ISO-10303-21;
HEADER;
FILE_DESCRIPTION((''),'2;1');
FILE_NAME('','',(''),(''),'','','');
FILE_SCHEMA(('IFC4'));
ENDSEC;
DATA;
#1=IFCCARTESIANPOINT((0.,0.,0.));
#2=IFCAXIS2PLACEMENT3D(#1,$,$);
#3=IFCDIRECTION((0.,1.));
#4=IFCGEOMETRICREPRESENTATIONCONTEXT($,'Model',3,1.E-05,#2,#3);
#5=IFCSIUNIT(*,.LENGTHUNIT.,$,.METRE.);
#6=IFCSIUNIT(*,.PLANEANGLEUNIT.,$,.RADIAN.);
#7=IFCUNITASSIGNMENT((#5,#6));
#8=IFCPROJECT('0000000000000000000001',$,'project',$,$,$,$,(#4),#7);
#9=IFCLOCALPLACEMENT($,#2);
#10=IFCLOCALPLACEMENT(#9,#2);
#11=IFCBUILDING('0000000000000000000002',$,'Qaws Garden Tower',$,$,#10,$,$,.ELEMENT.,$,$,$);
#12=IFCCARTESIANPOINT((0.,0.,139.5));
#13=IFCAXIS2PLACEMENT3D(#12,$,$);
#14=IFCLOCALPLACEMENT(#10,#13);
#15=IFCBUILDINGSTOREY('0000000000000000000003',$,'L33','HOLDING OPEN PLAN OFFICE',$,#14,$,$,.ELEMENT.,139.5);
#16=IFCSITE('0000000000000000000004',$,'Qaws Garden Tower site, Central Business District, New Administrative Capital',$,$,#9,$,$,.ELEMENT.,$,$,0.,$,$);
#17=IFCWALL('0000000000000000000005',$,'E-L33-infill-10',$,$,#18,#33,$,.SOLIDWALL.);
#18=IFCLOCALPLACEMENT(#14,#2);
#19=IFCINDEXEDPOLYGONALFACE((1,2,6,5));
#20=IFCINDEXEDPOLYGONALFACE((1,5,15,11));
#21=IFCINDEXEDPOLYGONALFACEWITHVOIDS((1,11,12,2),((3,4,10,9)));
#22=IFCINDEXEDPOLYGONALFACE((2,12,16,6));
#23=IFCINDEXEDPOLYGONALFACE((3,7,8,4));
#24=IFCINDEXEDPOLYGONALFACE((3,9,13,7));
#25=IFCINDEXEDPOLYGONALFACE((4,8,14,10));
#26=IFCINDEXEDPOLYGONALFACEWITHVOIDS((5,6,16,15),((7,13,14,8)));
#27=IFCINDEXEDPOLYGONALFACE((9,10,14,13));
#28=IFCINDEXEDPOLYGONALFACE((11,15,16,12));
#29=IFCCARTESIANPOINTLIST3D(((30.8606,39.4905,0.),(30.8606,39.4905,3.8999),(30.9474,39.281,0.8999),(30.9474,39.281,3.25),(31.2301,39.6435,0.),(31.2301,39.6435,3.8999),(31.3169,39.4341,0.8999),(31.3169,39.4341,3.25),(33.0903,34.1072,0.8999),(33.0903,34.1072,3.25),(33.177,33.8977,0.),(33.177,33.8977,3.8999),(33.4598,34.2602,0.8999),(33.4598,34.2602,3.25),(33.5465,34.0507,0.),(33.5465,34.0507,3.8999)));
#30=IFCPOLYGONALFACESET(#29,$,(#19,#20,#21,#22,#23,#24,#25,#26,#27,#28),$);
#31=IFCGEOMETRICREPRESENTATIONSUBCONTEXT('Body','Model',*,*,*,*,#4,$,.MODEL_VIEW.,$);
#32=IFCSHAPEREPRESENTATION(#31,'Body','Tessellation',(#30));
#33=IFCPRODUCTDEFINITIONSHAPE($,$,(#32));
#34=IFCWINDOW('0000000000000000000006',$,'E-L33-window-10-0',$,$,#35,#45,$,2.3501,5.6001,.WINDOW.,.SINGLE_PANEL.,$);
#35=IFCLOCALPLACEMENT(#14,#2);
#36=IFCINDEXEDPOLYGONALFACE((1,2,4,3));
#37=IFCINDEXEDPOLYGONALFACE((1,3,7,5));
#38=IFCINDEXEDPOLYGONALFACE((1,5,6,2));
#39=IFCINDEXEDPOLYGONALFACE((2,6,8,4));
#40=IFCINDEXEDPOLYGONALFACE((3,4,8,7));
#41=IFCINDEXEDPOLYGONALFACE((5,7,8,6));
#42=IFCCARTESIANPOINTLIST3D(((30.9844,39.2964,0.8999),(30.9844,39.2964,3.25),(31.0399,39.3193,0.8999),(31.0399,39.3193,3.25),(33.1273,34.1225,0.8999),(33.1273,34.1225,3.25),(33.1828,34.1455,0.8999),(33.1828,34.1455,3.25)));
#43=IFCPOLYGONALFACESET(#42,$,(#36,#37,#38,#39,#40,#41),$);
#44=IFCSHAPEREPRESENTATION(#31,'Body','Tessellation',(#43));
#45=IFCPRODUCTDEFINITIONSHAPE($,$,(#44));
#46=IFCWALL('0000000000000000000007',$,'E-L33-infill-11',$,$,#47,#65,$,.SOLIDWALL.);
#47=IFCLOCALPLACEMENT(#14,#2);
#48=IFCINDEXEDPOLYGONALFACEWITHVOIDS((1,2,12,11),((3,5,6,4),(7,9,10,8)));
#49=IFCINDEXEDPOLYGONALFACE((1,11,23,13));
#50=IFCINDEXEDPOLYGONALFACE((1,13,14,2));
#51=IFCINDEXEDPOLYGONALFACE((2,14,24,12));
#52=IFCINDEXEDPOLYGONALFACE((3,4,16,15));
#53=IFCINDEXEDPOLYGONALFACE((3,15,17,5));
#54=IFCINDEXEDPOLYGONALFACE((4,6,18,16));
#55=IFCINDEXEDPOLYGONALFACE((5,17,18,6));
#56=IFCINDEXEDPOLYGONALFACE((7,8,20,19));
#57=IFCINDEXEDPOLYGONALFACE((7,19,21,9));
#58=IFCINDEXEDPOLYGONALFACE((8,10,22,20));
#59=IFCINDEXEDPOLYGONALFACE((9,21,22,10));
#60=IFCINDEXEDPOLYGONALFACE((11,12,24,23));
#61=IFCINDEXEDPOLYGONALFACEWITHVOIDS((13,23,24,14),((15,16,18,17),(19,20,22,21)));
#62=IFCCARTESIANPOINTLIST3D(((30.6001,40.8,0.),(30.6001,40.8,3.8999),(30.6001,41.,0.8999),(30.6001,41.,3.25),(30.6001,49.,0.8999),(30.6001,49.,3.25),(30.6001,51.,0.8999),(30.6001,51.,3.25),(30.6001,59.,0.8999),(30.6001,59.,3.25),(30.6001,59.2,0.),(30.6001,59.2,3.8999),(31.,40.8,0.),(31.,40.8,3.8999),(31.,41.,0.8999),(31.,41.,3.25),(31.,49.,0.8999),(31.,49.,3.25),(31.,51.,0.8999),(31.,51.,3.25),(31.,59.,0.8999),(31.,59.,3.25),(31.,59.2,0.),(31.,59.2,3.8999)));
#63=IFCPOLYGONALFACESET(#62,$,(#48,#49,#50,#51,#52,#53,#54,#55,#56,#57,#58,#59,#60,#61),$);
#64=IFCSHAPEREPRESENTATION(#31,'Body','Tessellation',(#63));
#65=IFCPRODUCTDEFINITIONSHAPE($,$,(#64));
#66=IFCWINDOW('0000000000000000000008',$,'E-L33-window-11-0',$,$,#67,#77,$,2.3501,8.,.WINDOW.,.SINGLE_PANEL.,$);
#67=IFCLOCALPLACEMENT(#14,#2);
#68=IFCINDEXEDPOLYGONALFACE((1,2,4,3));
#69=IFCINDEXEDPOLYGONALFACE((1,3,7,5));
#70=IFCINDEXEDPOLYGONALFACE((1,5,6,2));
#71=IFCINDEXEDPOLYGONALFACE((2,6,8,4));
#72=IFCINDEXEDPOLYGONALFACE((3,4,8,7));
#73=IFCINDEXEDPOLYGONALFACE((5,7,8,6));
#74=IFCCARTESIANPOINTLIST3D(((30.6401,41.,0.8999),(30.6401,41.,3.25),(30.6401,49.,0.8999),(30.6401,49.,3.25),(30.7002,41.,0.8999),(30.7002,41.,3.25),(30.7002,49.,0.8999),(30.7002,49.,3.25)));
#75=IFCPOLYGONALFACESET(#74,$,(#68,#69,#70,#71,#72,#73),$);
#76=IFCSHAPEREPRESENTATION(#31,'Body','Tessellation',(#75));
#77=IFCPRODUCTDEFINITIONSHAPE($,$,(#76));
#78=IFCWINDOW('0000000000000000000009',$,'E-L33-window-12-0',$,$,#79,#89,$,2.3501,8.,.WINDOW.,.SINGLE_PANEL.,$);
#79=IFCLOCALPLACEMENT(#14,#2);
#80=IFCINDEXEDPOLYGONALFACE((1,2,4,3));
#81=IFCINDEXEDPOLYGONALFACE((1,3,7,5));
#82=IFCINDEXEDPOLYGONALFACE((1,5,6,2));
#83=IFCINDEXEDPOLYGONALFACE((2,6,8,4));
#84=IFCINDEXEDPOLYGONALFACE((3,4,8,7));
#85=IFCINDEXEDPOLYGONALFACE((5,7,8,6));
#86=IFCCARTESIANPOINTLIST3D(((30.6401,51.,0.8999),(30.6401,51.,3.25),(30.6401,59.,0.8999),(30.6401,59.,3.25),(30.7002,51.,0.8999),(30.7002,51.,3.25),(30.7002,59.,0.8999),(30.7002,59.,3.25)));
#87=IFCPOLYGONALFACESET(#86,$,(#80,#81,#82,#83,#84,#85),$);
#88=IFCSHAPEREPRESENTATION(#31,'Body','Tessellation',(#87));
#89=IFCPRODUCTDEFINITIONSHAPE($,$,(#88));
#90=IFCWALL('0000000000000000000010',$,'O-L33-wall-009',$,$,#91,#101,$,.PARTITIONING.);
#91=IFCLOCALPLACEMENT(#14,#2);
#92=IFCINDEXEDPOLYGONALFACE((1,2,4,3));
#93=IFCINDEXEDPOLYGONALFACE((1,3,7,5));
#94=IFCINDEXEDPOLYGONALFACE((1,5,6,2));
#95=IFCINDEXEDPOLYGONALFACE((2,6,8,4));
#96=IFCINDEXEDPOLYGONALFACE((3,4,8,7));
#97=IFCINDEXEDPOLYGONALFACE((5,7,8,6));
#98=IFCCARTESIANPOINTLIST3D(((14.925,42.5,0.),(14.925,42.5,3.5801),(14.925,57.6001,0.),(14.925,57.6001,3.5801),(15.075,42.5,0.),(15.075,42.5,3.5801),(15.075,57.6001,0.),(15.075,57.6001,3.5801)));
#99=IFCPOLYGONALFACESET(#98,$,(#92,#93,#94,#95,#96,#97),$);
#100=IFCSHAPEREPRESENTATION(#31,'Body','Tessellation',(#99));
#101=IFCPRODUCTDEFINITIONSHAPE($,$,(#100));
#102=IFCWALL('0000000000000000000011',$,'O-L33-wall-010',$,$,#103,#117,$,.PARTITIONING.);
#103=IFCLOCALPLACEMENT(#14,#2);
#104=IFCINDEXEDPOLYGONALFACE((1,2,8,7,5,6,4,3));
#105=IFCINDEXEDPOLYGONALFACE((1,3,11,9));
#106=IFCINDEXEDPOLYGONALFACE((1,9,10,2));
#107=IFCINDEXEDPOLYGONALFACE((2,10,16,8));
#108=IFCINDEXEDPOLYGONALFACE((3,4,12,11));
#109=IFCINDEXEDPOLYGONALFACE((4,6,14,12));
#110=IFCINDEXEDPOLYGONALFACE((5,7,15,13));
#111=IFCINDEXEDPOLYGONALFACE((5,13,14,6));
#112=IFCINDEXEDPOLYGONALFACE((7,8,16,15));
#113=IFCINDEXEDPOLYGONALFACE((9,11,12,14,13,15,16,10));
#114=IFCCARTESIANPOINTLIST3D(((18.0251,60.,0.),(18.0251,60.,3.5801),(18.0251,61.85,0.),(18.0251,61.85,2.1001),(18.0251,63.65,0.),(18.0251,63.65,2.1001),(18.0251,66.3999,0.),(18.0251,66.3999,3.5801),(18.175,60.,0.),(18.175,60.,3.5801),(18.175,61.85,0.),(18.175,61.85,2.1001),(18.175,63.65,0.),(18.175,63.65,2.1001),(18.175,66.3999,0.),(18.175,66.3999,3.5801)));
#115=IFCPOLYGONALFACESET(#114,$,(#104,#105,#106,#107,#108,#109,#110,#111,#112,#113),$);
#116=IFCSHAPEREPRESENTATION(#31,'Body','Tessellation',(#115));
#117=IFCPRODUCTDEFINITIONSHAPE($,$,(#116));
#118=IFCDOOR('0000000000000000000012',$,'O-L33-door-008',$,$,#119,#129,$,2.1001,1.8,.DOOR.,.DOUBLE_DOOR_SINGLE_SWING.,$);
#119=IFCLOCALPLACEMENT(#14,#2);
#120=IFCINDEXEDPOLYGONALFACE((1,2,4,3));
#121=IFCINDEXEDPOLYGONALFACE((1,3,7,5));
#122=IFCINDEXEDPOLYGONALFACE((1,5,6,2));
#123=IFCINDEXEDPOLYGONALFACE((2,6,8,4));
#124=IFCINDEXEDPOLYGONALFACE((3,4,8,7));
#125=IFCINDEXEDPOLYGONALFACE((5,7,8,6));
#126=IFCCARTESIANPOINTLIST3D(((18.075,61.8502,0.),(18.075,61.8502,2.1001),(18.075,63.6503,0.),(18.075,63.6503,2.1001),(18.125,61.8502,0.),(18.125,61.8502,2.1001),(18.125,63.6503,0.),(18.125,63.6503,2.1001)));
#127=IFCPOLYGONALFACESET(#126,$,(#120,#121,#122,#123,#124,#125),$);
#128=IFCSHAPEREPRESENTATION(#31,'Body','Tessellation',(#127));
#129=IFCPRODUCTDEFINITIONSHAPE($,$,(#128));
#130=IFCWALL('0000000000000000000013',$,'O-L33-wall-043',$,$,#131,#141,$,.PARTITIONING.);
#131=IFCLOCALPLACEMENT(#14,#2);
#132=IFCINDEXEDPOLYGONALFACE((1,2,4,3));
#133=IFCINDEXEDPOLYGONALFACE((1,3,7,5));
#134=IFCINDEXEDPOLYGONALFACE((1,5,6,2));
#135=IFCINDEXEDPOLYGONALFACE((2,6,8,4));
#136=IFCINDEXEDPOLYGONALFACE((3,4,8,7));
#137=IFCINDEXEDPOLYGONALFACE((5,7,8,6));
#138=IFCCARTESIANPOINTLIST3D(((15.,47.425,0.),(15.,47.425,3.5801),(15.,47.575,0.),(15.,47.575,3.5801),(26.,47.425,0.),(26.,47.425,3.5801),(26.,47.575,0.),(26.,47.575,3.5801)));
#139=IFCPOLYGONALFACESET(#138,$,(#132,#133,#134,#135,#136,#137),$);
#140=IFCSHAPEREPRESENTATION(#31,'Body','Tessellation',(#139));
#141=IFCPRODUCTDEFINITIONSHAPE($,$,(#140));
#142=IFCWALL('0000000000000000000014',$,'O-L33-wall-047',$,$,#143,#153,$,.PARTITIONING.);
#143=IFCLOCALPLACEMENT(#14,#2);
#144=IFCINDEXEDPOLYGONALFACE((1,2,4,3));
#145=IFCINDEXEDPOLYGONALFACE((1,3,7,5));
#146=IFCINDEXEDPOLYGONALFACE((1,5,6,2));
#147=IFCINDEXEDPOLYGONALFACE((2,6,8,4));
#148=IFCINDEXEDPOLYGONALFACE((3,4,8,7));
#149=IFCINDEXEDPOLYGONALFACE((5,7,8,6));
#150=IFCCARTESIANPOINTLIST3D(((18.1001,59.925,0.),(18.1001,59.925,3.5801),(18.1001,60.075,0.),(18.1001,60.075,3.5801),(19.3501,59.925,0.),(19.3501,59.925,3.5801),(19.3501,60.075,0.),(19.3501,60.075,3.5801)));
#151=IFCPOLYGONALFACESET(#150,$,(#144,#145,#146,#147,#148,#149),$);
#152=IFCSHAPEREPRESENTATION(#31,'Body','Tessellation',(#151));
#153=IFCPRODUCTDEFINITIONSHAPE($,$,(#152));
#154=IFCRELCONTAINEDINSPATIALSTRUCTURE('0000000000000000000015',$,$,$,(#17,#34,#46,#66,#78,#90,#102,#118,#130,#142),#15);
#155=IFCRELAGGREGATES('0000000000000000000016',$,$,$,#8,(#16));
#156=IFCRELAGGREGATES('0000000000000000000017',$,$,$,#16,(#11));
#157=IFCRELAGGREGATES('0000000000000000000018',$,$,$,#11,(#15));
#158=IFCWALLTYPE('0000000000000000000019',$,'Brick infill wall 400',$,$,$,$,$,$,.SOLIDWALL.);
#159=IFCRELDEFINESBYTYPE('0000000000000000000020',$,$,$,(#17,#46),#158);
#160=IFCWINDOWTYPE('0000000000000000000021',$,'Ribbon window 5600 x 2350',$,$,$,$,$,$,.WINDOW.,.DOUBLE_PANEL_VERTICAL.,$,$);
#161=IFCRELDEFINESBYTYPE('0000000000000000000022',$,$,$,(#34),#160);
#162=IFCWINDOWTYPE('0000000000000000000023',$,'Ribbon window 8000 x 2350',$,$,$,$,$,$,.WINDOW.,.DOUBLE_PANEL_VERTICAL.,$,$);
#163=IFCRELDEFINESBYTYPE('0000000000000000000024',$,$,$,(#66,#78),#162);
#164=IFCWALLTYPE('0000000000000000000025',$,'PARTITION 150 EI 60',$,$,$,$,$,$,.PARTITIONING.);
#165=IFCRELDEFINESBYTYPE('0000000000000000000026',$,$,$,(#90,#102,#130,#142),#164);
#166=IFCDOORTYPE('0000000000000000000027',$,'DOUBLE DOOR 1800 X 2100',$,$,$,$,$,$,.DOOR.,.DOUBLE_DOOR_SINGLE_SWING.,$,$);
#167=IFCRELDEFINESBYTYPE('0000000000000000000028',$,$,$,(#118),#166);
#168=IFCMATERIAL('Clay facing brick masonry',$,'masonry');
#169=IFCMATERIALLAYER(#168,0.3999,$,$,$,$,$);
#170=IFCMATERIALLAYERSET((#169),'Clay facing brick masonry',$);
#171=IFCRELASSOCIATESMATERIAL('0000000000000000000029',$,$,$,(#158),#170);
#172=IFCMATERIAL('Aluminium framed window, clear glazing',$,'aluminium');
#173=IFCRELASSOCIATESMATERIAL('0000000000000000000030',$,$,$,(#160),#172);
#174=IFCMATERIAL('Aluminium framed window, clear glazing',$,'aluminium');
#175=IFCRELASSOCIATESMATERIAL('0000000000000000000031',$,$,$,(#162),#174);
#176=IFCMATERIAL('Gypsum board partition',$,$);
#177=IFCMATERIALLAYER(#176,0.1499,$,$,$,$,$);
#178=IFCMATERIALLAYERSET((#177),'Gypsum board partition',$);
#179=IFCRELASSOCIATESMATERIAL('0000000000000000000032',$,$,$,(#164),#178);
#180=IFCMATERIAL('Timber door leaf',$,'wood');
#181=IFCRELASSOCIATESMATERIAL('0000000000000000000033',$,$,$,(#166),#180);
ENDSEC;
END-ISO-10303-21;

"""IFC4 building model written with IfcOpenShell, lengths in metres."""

from ifc_helpers import new_model, si_unit, direction, frame, frame_2d, origin, place, context, subcontext, project, spatial, rectangle, extrude, material, layer, layer_set, type_object, element, fill, save


model = new_model("IFC4")

# Units and contexts
model_context = context("Model", 3, precision=1e-05, world=origin(), true_north=direction((0.0, 1.0)))
body_context = subcontext(model_context, "Body", "Model", "MODEL_VIEW")
ifc_project = project(units=[si_unit("LENGTHUNIT", "METRE"), si_unit("PLANEANGLEUNIT", "RADIAN")], contexts=[model_context])

# Site, building, storey
site_placement = place(None, origin())
site = spatial("IfcSite", under=ifc_project, at=site_placement, Name="Qaws Garden Tower site, Central Business District, New Administrative Capital", CompositionType="ELEMENT", RefElevation=0.0)
building_placement = place(site_placement, origin())
building = spatial("IfcBuilding", under=site, at=building_placement, Name="Qaws Garden Tower", CompositionType="ELEMENT")
storey_placement = place(building_placement, frame((0.0, 0.0, 139.5)))
storey = spatial("IfcBuildingStorey", under=building, at=storey_placement, Name="L33", Description="HOLDING OPEN PLAN OFFICE", CompositionType="ELEMENT", Elevation=139.5)

# Wall, opening, window
ifc_material_1 = material(Name="Clay facing brick masonry", Category="masonry")
ifc_layer_1 = layer(ifc_material_1, 0.3999)
ifc_layer_set_1 = layer_set([ifc_layer_1], Name="Clay facing brick masonry")
wall_type_1 = type_object("IfcWallType", Name="Brick infill wall 400", PredefinedType="SOLIDWALL", material=ifc_layer_set_1)
wall_1_placement = place(storey_placement, frame((33.3618, 33.9741, 0.0), z_axis=(0.0, 0.0, 1.0), x_axis=(-0.382656, 0.923891, 0.0)))
wall_1 = element("IfcWall", 1, at=wall_1_placement, inside=storey, type_object=wall_type_1, Name="E-L33-infill-10", PredefinedType="SOLIDWALL", context=body_context, shape_type="SweptSolid", body=[
    extrude(rectangle(XDim=6.0535, YDim=0.3999, at=frame_2d((3.0269, 0.0))), origin(), (0.0, 0.0, 1.0), 3.8999),
])
opening_1_placement = place(wall_1_placement, frame((0.2268, 0.0, 0.8999)))
opening_1 = element("IfcOpeningElement", 2, at=opening_1_placement, cuts=wall_1, PredefinedType="OPENING", context=body_context, shape_type="SweptSolid", body=[
    extrude(rectangle(XDim=5.6001, YDim=2.3501, at=frame_2d((2.8, 1.175))), frame((0.0, 0.21, 0.0), z_axis=(0.0, -1.0, 0.0), x_axis=(1.0, 0.0, 0.0)), (0.0, 0.0, 1.0), 0.4199),
])
ifc_material_2 = material(Name="Aluminium framed window, clear glazing", Category="aluminium")
window_type_1 = type_object("IfcWindowType", Name="Ribbon window 5600 x 2350", PartitioningType="DOUBLE_PANEL_VERTICAL", PredefinedType="WINDOW", material=ifc_material_2)
window_1_placement = place(opening_1_placement, origin())
window_1 = element("IfcWindow", 3, at=window_1_placement, inside=storey, type_object=window_type_1, Name="E-L33-window-10-0", OverallHeight=2.3501, OverallWidth=5.6001, PartitioningType="SINGLE_PANEL", PredefinedType="WINDOW", context=body_context, shape_type="SweptSolid", body=[
    extrude(rectangle(XDim=5.6001, YDim=2.3501, at=frame_2d((2.8, 1.175))), frame((0.0, 0.1599, 0.0), z_axis=(0.0, -1.0, 0.0), x_axis=(1.0, 0.0, 0.0)), (0.0, 0.0, 1.0), 0.0601),
])
fill(opening_1, window_1)

# Wall, openings, windows
wall_2_placement = place(storey_placement, frame((30.8, 40.8, 0.0), z_axis=(0.0, 0.0, 1.0), x_axis=(0.0, 1.0, 0.0)))
wall_2 = element("IfcWall", 4, at=wall_2_placement, inside=storey, type_object=wall_type_1, Name="E-L33-infill-11", PredefinedType="SOLIDWALL", context=body_context, shape_type="SweptSolid", body=[
    extrude(rectangle(XDim=18.3999, YDim=0.3999, at=frame_2d((9.2, 0.0))), origin(), (0.0, 0.0, 1.0), 3.8999),
])
opening_2_placement = place(wall_2_placement, frame((0.2, 0.0, 0.8999)))
opening_2 = element("IfcOpeningElement", 5, at=opening_2_placement, cuts=wall_2, PredefinedType="OPENING", context=body_context, shape_type="SweptSolid", body=[
    extrude(rectangle(XDim=8.0, YDim=2.3501, at=frame_2d((4.0, 1.175))), frame((0.0, 0.21, 0.0), z_axis=(0.0, -1.0, 0.0), x_axis=(1.0, 0.0, 0.0)), (0.0, 0.0, 1.0), 0.4199),
])
opening_3_placement = place(wall_2_placement, frame((10.2, 0.0, 0.8999)))
opening_3 = element("IfcOpeningElement", 6, at=opening_3_placement, cuts=wall_2, PredefinedType="OPENING", context=body_context, shape_type="SweptSolid", body=[
    extrude(rectangle(XDim=8.0, YDim=2.3501, at=frame_2d((4.0, 1.175))), frame((0.0, 0.21, 0.0), z_axis=(0.0, -1.0, 0.0), x_axis=(1.0, 0.0, 0.0)), (0.0, 0.0, 1.0), 0.4199),
])
ifc_material_3 = material(Name="Aluminium framed window, clear glazing", Category="aluminium")
window_type_2 = type_object("IfcWindowType", Name="Ribbon window 8000 x 2350", PartitioningType="DOUBLE_PANEL_VERTICAL", PredefinedType="WINDOW", material=ifc_material_3)
window_2_placement = place(opening_2_placement, origin())
window_2 = element("IfcWindow", 7, at=window_2_placement, inside=storey, type_object=window_type_2, Name="E-L33-window-11-0", OverallHeight=2.3501, OverallWidth=8.0, PartitioningType="SINGLE_PANEL", PredefinedType="WINDOW", context=body_context, shape_type="SweptSolid", body=[
    extrude(rectangle(XDim=8.0, YDim=2.3501, at=frame_2d((4.0, 1.175))), frame((0.0, 0.1599, 0.0), z_axis=(0.0, -1.0, 0.0), x_axis=(1.0, 0.0, 0.0)), (0.0, 0.0, 1.0), 0.0601),
])
fill(opening_2, window_2)
window_3_placement = place(opening_3_placement, origin())
window_3 = element("IfcWindow", 8, at=window_3_placement, inside=storey, type_object=window_type_2, Name="E-L33-window-12-0", OverallHeight=2.3501, OverallWidth=8.0, PartitioningType="SINGLE_PANEL", PredefinedType="WINDOW", context=body_context, shape_type="SweptSolid", body=[
    extrude(rectangle(XDim=8.0, YDim=2.3501, at=frame_2d((4.0, 1.175))), frame((0.0, 0.1599, 0.0), z_axis=(0.0, -1.0, 0.0), x_axis=(1.0, 0.0, 0.0)), (0.0, 0.0, 1.0), 0.0601),
])
fill(opening_3, window_3)

# Wall
ifc_material_4 = material(Name="Gypsum board partition")
ifc_layer_2 = layer(ifc_material_4, 0.1499)
ifc_layer_set_2 = layer_set([ifc_layer_2], Name="Gypsum board partition")
wall_type_2 = type_object("IfcWallType", Name="PARTITION 150 EI 60", PredefinedType="PARTITIONING", material=ifc_layer_set_2)
wall_3_placement = place(storey_placement, frame((15.0, 42.5, 0.0), z_axis=(0.0, 0.0, 1.0), x_axis=(0.0, 1.0, 0.0)))
element("IfcWall", 9, at=wall_3_placement, inside=storey, type_object=wall_type_2, Name="O-L33-wall-009", PredefinedType="PARTITIONING", context=body_context, shape_type="SweptSolid", body=[
    extrude(rectangle(XDim=15.1001, YDim=0.1499, at=frame_2d((7.55, 0.0))), origin(), (0.0, 0.0, 1.0), 3.5801),
])

# Wall, opening, door
wall_4_placement = place(storey_placement, frame((18.1001, 60.0, 0.0), z_axis=(0.0, 0.0, 1.0), x_axis=(0.0, 1.0, 0.0)))
wall_4 = element("IfcWall", 10, at=wall_4_placement, inside=storey, type_object=wall_type_2, Name="O-L33-wall-010", PredefinedType="PARTITIONING", context=body_context, shape_type="SweptSolid", body=[
    extrude(rectangle(XDim=6.3999, YDim=0.1499, at=frame_2d((3.2, 0.0))), origin(), (0.0, 0.0, 1.0), 3.5801),
])
opening_4_placement = place(wall_4_placement, frame((1.8501, 0.0, 0.0)))
opening_4 = element("IfcOpeningElement", 11, at=opening_4_placement, cuts=wall_4, PredefinedType="OPENING", context=body_context, shape_type="SweptSolid", body=[
    extrude(rectangle(XDim=1.8, YDim=2.1001, at=frame_2d((0.8999, 1.05))), frame((0.0, 0.085, 0.0), z_axis=(0.0, -1.0, 0.0), x_axis=(1.0, 0.0, 0.0)), (0.0, 0.0, 1.0), 0.1699),
])
ifc_material_5 = material(Name="Timber door leaf", Category="wood")
door_type_1 = type_object("IfcDoorType", Name="DOUBLE DOOR 1800 X 2100", OperationType="DOUBLE_DOOR_SINGLE_SWING", PredefinedType="DOOR", material=ifc_material_5)
door_1_placement = place(opening_4_placement, frame((1.8, 0.0, 0.0), z_axis=(0.0, 0.0, 1.0), x_axis=(-1.0, 0.0, 0.0)))
door_1 = element("IfcDoor", 12, at=door_1_placement, inside=storey, type_object=door_type_1, Name="O-L33-door-008", OperationType="DOUBLE_DOOR_SINGLE_SWING", OverallHeight=2.1001, OverallWidth=1.8, PredefinedType="DOOR", context=body_context, shape_type="SweptSolid", body=[
    extrude(rectangle(XDim=1.8, YDim=2.1001, at=frame_2d((0.8999, 1.05))), frame((0.0, 0.0249, 0.0), z_axis=(0.0, -1.0, 0.0), x_axis=(1.0, 0.0, 0.0)), (0.0, 0.0, 1.0), 0.05),
])
fill(opening_4, door_1)

# Walls
wall_5_placement = place(storey_placement, frame((15.0, 47.5, 0.0), z_axis=(0.0, 0.0, 1.0), x_axis=(1.0, 0.0, 0.0)))
element("IfcWall", 13, at=wall_5_placement, inside=storey, type_object=wall_type_2, Name="O-L33-wall-043", PredefinedType="PARTITIONING", context=body_context, shape_type="SweptSolid", body=[
    extrude(rectangle(XDim=11.0, YDim=0.1499, at=frame_2d((5.5, 0.0))), origin(), (0.0, 0.0, 1.0), 3.5801),
])
wall_6_placement = place(storey_placement, frame((18.1001, 60.0, 0.0), z_axis=(0.0, 0.0, 1.0), x_axis=(1.0, 0.0, 0.0)))
element("IfcWall", 14, at=wall_6_placement, inside=storey, type_object=wall_type_2, Name="O-L33-wall-047", PredefinedType="PARTITIONING", context=body_context, shape_type="SweptSolid", body=[
    extrude(rectangle(XDim=1.25, YDim=0.1499, at=frame_2d((0.625, 0.0))), origin(), (0.0, 0.0, 1.0), 3.5801),
])

save(model, "model.ifc")
